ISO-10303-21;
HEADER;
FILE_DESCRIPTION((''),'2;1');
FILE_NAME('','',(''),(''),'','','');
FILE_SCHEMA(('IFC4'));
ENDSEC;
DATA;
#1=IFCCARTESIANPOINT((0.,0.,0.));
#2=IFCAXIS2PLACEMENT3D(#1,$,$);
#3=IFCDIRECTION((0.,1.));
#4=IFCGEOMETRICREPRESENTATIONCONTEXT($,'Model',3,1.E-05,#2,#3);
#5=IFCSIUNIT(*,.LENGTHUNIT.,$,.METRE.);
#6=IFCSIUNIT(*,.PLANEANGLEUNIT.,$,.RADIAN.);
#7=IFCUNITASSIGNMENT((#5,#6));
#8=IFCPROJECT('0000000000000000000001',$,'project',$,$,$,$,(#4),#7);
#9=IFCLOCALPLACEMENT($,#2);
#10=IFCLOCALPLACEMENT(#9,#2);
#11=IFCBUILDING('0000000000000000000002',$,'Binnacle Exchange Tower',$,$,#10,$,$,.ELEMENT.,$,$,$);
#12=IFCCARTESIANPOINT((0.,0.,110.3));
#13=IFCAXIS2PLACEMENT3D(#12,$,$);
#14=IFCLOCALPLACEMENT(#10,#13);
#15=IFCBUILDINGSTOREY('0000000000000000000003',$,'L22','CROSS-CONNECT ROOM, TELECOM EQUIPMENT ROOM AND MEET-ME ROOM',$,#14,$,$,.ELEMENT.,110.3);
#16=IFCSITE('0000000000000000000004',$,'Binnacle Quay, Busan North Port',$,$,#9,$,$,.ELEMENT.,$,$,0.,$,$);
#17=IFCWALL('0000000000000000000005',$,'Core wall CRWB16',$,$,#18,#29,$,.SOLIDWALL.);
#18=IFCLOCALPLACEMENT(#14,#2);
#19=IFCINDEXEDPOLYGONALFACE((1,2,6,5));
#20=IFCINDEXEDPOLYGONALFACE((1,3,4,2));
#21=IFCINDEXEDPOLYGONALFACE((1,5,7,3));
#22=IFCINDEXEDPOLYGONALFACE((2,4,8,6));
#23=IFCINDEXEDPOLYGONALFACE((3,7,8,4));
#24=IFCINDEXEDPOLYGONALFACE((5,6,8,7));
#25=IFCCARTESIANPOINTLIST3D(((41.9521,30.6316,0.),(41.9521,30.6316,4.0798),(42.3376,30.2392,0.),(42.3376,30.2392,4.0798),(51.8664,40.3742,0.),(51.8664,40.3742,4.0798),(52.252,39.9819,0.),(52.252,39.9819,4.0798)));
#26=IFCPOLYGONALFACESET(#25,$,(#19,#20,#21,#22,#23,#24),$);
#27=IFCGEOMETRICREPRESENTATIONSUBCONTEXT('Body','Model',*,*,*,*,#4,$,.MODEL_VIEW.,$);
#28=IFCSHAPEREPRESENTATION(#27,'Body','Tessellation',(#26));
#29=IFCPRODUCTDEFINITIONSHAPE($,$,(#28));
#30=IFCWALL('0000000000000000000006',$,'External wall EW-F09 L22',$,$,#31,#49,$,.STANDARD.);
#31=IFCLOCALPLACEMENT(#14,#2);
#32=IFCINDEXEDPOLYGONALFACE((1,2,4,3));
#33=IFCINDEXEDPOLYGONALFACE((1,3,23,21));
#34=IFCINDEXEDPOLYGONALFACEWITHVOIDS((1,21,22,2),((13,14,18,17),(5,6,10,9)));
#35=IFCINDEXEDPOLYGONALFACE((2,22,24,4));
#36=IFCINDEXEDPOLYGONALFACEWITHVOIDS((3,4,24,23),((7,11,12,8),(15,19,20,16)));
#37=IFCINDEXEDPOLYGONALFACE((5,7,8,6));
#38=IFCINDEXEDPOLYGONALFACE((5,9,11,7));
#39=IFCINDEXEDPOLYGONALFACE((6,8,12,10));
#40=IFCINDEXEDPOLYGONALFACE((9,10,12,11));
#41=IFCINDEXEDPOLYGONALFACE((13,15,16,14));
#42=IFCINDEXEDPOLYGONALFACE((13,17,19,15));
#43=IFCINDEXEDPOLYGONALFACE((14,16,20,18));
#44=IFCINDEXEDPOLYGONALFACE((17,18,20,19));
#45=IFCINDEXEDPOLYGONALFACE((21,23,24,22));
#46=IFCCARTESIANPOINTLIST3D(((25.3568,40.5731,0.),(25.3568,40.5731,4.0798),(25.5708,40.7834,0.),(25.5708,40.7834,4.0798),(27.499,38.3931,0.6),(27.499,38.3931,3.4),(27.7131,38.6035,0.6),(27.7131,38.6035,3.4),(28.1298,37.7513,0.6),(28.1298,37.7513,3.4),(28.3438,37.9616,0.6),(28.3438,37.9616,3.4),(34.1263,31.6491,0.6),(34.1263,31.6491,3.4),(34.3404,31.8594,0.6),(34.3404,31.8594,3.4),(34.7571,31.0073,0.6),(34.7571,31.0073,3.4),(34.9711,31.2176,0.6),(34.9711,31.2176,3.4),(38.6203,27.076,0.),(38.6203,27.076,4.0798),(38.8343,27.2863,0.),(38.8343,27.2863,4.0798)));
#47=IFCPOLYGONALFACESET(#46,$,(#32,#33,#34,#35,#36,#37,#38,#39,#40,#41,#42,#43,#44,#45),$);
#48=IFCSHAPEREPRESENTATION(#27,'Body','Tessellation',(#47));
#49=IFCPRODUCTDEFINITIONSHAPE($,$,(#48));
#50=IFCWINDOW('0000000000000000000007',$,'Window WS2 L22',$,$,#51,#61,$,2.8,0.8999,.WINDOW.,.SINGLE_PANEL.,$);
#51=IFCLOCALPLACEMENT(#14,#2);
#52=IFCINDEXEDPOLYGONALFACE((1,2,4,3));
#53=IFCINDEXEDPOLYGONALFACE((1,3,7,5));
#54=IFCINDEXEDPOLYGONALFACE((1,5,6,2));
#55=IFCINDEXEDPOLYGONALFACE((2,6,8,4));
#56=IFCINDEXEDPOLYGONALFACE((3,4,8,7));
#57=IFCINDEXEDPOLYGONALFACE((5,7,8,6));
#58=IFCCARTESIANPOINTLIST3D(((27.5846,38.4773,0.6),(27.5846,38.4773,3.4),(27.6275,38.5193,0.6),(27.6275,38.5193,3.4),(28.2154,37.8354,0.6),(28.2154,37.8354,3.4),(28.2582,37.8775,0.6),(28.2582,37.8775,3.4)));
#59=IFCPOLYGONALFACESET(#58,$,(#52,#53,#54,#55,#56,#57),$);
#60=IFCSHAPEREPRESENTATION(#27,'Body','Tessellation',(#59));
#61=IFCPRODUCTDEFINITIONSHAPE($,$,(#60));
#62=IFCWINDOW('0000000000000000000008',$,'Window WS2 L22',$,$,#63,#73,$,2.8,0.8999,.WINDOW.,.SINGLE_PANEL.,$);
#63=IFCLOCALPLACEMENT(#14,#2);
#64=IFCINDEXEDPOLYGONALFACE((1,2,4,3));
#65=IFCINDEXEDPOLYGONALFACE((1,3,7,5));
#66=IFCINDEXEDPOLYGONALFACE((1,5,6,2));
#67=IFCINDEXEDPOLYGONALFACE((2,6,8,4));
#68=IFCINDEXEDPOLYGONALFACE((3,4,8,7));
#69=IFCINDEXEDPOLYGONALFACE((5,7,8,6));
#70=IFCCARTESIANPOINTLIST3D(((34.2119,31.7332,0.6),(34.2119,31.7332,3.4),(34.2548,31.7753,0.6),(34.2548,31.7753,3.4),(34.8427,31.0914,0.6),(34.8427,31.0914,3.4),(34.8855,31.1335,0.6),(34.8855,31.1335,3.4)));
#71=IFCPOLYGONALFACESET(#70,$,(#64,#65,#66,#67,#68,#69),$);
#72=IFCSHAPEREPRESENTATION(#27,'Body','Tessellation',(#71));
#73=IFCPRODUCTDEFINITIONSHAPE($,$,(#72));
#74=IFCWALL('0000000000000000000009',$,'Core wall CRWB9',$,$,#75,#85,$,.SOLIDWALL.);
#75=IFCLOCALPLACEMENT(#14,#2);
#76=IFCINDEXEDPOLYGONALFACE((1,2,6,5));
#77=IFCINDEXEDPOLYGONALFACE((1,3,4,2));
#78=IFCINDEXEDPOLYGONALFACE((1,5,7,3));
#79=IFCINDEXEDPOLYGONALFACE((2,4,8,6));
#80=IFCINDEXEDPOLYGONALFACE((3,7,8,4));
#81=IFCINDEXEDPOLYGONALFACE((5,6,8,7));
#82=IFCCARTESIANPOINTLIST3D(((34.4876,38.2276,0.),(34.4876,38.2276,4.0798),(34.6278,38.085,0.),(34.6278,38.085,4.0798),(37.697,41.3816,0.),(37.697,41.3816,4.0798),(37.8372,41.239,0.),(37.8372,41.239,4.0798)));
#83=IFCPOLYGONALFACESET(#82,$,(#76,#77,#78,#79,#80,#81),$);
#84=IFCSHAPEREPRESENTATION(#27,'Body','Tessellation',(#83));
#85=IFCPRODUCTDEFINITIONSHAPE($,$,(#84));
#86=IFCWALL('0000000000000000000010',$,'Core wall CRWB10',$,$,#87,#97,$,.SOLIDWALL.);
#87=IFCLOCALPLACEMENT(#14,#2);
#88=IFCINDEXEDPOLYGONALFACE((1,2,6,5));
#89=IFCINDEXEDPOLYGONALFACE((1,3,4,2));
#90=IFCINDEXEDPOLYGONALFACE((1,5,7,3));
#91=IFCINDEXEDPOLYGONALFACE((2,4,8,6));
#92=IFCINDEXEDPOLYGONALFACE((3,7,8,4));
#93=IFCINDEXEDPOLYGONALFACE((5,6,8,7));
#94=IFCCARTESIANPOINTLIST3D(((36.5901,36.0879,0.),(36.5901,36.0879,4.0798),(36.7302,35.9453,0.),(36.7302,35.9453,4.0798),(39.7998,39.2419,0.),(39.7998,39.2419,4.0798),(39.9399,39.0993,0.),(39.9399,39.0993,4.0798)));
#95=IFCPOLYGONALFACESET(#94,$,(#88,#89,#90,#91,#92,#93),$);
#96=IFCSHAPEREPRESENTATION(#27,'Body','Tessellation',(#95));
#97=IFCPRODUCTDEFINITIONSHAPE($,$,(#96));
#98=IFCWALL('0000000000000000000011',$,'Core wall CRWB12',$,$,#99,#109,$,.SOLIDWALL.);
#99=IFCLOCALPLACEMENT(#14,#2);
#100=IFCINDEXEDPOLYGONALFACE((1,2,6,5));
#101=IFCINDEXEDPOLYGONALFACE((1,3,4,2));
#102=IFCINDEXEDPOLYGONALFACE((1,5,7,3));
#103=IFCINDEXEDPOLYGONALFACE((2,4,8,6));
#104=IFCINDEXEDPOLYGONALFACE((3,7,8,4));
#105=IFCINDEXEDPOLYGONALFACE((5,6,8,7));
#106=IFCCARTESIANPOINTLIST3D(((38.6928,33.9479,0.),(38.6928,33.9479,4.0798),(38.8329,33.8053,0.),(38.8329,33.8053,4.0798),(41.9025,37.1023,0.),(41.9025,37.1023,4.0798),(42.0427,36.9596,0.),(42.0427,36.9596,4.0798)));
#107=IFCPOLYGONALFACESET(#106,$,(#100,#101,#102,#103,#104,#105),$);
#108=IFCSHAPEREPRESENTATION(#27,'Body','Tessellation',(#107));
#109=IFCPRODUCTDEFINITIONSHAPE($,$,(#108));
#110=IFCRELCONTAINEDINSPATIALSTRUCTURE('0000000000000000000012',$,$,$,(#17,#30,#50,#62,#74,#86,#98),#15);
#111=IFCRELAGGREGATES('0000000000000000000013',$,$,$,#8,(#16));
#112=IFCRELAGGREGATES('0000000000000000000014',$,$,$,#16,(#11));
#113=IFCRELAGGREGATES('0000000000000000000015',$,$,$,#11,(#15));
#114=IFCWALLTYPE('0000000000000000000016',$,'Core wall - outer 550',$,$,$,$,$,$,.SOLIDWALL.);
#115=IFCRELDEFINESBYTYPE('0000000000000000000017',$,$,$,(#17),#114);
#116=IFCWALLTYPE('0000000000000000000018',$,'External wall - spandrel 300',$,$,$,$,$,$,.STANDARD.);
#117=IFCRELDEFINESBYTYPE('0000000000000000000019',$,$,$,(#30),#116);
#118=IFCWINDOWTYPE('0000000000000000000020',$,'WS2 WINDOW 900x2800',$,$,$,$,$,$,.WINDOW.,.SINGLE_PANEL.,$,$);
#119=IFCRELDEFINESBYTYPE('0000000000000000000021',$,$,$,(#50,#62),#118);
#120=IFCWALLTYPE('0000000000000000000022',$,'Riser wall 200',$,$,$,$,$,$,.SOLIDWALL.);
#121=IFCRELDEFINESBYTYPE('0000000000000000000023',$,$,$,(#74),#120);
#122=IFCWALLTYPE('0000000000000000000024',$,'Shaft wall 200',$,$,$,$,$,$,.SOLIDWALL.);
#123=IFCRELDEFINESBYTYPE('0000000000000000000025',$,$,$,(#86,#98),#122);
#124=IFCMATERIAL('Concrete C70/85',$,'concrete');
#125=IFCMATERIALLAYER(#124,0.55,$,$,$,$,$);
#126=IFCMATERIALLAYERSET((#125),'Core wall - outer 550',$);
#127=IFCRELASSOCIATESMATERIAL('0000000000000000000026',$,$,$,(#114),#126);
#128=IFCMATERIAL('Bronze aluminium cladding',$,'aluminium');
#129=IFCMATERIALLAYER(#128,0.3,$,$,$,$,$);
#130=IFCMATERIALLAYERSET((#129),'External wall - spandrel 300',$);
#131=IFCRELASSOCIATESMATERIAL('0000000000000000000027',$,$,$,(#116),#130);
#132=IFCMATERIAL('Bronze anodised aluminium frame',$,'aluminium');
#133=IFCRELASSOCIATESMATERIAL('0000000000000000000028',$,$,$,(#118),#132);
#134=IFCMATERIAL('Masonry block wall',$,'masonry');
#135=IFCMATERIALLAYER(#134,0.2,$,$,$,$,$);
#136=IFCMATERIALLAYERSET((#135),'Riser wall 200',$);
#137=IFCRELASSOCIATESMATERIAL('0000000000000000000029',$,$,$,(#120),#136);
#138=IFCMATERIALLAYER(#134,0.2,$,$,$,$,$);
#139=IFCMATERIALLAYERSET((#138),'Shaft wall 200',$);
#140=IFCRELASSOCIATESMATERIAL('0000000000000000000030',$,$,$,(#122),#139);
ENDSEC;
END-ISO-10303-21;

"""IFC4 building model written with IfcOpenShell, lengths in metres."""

from ifc_helpers import new_model, si_unit, direction, frame, frame_2d, origin, place, context, subcontext, project, spatial, rectangle, extrude, material, layer, layer_set, type_object, element, fill, save


model = new_model("IFC4")

# Units and contexts
model_context = context("Model", 3, precision=1e-05, world=origin(), true_north=direction((0.0, 1.0)))
body_context = subcontext(model_context, "Body", "Model", "MODEL_VIEW")
ifc_project = project(units=[si_unit("LENGTHUNIT", "METRE"), si_unit("PLANEANGLEUNIT", "RADIAN")], contexts=[model_context])

# Site, building, storey
site_placement = place(None, origin())
site = spatial("IfcSite", under=ifc_project, at=site_placement, Name="Binnacle Quay, Busan North Port", CompositionType="ELEMENT", RefElevation=0.0)
building_placement = place(site_placement, origin())
building = spatial("IfcBuilding", under=site, at=building_placement, Name="Binnacle Exchange Tower", CompositionType="ELEMENT")
storey_placement = place(building_placement, frame((0.0, 0.0, 110.3)))
storey = spatial("IfcBuildingStorey", under=building, at=storey_placement, Name="L22", Description="CROSS-CONNECT ROOM, TELECOM EQUIPMENT ROOM AND MEET-ME ROOM", CompositionType="ELEMENT", Elevation=110.3)

# Shared definitions
ifc_material_1 = material(Name="Concrete C70/85", Category="concrete")

# Shared definitions
ifc_layer_1 = layer(ifc_material_1, 0.55)
ifc_layer_set_1 = layer_set([ifc_layer_1], Name="Core wall - outer 550")
wall_type_1 = type_object("IfcWallType", Name="Core wall - outer 550", PredefinedType="SOLIDWALL", material=ifc_layer_set_1)

# Wall
for number, where, z_axis, x_axis, name in (
    (1, (42.1448, 30.4353, 0.0), (0.0, 0.0, 1.0), (0.713254, 0.700906, 0.0), "Core wall CRWB16"),
):
    element("IfcWall", number, at=place(storey_placement, frame(where, z_axis=z_axis, x_axis=x_axis)), inside=storey, type_object=wall_type_1, Name=name, PredefinedType="SOLIDWALL", context=body_context, shape_type="SweptSolid", body=[
        extrude(rectangle(XDim=13.9001, YDim=0.55, at=frame_2d((6.9502, 0.0))), origin(), (0.0, 0.0, 1.0), 4.0798),
    ])

# Wall, openings, windows
ifc_material_2 = material(Name="Bronze aluminium cladding", Category="aluminium")
ifc_layer_2 = layer(ifc_material_2, 0.3)
ifc_layer_set_2 = layer_set([ifc_layer_2], Name="External wall - spandrel 300")
wall_type_2 = type_object("IfcWallType", Name="External wall - spandrel 300", PredefinedType="STANDARD", material=ifc_layer_set_2)
wall_1_placement = place(storey_placement, frame((38.7273, 27.1812, 0.0), z_axis=(0.0, 0.0, 1.0), x_axis=(-0.700906, 0.713253, 0.0)))
wall_1 = element("IfcWall", 2, at=wall_1_placement, inside=storey, type_object=wall_type_2, Name="External wall EW-F09 L22", PredefinedType="STANDARD", context=body_context, shape_type="SweptSolid", body=[
    extrude(rectangle(XDim=18.9233, YDim=0.3, at=frame_2d((9.4617, 0.0))), origin(), (0.0, 0.0, 1.0), 4.0798),
])
opening_1_placement = place(wall_1_placement, frame((14.967, 0.0, 0.6001)))
opening_1 = element("IfcOpeningElement", 3, at=opening_1_placement, cuts=wall_1, PredefinedType="OPENING", context=body_context, shape_type="SweptSolid", body=[
    extrude(rectangle(XDim=0.8999, YDim=2.8, at=frame_2d((0.45, 1.3999))), frame((0.0, 0.1599, 0.0), z_axis=(0.0, -1.0, 0.0), x_axis=(1.0, 0.0, 0.0)), (0.0, 0.0, 1.0), 0.3201),
])
opening_2_placement = place(wall_1_placement, frame((5.5117, 0.0, 0.6001)))
opening_2 = element("IfcOpeningElement", 4, at=opening_2_placement, cuts=wall_1, PredefinedType="OPENING", context=body_context, shape_type="SweptSolid", body=[
    extrude(rectangle(XDim=0.8999, YDim=2.8, at=frame_2d((0.45, 1.3999))), frame((0.0, 0.1599, 0.0), z_axis=(0.0, -1.0, 0.0), x_axis=(1.0, 0.0, 0.0)), (0.0, 0.0, 1.0), 0.3201),
])
ifc_material_3 = material(Name="Bronze anodised aluminium frame", Category="aluminium")
window_type = type_object("IfcWindowType", Name="WS2 WINDOW 900x2800", PartitioningType="SINGLE_PANEL", PredefinedType="WINDOW", material=ifc_material_3)
window_1_placement = place(opening_1_placement, origin())
window_1 = element("IfcWindow", 5, at=window_1_placement, inside=storey, type_object=window_type, Name="Window WS2 L22", OverallHeight=2.8, OverallWidth=0.8999, PartitioningType="SINGLE_PANEL", PredefinedType="WINDOW", context=body_context, shape_type="SweptSolid", body=[
    extrude(rectangle(XDim=0.8999, YDim=2.8, at=frame_2d((0.45, 1.3999))), frame((0.0, 0.03, 0.0), z_axis=(0.0, -1.0, 0.0), x_axis=(1.0, 0.0, 0.0)), (0.0, 0.0, 1.0), 0.0601),
])
fill(opening_1, window_1)
window_2_placement = place(opening_2_placement, origin())
window_2 = element("IfcWindow", 6, at=window_2_placement, inside=storey, type_object=window_type, Name="Window WS2 L22", OverallHeight=2.8, OverallWidth=0.8999, PartitioningType="SINGLE_PANEL", PredefinedType="WINDOW", context=body_context, shape_type="SweptSolid", body=[
    extrude(rectangle(XDim=0.8999, YDim=2.8, at=frame_2d((0.45, 1.3999))), frame((0.0, 0.03, 0.0), z_axis=(0.0, -1.0, 0.0), x_axis=(1.0, 0.0, 0.0)), (0.0, 0.0, 1.0), 0.0601),
])
fill(opening_2, window_2)

# Walls
ifc_material_4 = material(Name="Masonry block wall", Category="masonry")
ifc_layer_3 = layer(ifc_material_4, 0.2)
ifc_layer_set_3 = layer_set([ifc_layer_3], Name="Riser wall 200")
wall_type_3 = type_object("IfcWallType", Name="Riser wall 200", PredefinedType="SOLIDWALL", material=ifc_layer_set_3)
wall_2_placement = place(storey_placement, frame((34.5576, 38.1562, 0.0), z_axis=(0.0, 0.0, 1.0), x_axis=(0.713238, 0.700922, 0.0)))
element("IfcWall", 7, at=wall_2_placement, inside=storey, type_object=wall_type_3, Name="Core wall CRWB9", PredefinedType="SOLIDWALL", context=body_context, shape_type="SweptSolid", body=[
    extrude(rectangle(XDim=4.4998, YDim=0.2, at=frame_2d((2.25, 0.0))), origin(), (0.0, 0.0, 1.0), 4.0798),
])
ifc_layer_4 = layer(ifc_material_4, 0.2)
ifc_layer_set_4 = layer_set([ifc_layer_4], Name="Shaft wall 200")
wall_type_4 = type_object("IfcWallType", Name="Shaft wall 200", PredefinedType="SOLIDWALL", material=ifc_layer_set_4)
wall_3_placement = place(storey_placement, frame((36.6602, 36.0166, 0.0), z_axis=(0.0, 0.0, 1.0), x_axis=(0.713265, 0.700895, 0.0)))
element("IfcWall", 8, at=wall_3_placement, inside=storey, type_object=wall_type_4, Name="Core wall CRWB10", PredefinedType="SOLIDWALL", context=body_context, shape_type="SweptSolid", body=[
    extrude(rectangle(XDim=4.5, YDim=0.2, at=frame_2d((2.25, 0.0))), origin(), (0.0, 0.0, 1.0), 4.0798),
])
wall_4_placement = place(storey_placement, frame((38.7629, 33.8767, 0.0), z_axis=(0.0, 0.0, 1.0), x_axis=(0.713237, 0.700922, 0.0)))
element("IfcWall", 9, at=wall_4_placement, inside=storey, type_object=wall_type_4, Name="Core wall CRWB12", PredefinedType="SOLIDWALL", context=body_context, shape_type="SweptSolid", body=[
    extrude(rectangle(XDim=4.5002, YDim=0.2, at=frame_2d((2.25, 0.0))), origin(), (0.0, 0.0, 1.0), 4.0798),
])

save(model, "model.ifc")
